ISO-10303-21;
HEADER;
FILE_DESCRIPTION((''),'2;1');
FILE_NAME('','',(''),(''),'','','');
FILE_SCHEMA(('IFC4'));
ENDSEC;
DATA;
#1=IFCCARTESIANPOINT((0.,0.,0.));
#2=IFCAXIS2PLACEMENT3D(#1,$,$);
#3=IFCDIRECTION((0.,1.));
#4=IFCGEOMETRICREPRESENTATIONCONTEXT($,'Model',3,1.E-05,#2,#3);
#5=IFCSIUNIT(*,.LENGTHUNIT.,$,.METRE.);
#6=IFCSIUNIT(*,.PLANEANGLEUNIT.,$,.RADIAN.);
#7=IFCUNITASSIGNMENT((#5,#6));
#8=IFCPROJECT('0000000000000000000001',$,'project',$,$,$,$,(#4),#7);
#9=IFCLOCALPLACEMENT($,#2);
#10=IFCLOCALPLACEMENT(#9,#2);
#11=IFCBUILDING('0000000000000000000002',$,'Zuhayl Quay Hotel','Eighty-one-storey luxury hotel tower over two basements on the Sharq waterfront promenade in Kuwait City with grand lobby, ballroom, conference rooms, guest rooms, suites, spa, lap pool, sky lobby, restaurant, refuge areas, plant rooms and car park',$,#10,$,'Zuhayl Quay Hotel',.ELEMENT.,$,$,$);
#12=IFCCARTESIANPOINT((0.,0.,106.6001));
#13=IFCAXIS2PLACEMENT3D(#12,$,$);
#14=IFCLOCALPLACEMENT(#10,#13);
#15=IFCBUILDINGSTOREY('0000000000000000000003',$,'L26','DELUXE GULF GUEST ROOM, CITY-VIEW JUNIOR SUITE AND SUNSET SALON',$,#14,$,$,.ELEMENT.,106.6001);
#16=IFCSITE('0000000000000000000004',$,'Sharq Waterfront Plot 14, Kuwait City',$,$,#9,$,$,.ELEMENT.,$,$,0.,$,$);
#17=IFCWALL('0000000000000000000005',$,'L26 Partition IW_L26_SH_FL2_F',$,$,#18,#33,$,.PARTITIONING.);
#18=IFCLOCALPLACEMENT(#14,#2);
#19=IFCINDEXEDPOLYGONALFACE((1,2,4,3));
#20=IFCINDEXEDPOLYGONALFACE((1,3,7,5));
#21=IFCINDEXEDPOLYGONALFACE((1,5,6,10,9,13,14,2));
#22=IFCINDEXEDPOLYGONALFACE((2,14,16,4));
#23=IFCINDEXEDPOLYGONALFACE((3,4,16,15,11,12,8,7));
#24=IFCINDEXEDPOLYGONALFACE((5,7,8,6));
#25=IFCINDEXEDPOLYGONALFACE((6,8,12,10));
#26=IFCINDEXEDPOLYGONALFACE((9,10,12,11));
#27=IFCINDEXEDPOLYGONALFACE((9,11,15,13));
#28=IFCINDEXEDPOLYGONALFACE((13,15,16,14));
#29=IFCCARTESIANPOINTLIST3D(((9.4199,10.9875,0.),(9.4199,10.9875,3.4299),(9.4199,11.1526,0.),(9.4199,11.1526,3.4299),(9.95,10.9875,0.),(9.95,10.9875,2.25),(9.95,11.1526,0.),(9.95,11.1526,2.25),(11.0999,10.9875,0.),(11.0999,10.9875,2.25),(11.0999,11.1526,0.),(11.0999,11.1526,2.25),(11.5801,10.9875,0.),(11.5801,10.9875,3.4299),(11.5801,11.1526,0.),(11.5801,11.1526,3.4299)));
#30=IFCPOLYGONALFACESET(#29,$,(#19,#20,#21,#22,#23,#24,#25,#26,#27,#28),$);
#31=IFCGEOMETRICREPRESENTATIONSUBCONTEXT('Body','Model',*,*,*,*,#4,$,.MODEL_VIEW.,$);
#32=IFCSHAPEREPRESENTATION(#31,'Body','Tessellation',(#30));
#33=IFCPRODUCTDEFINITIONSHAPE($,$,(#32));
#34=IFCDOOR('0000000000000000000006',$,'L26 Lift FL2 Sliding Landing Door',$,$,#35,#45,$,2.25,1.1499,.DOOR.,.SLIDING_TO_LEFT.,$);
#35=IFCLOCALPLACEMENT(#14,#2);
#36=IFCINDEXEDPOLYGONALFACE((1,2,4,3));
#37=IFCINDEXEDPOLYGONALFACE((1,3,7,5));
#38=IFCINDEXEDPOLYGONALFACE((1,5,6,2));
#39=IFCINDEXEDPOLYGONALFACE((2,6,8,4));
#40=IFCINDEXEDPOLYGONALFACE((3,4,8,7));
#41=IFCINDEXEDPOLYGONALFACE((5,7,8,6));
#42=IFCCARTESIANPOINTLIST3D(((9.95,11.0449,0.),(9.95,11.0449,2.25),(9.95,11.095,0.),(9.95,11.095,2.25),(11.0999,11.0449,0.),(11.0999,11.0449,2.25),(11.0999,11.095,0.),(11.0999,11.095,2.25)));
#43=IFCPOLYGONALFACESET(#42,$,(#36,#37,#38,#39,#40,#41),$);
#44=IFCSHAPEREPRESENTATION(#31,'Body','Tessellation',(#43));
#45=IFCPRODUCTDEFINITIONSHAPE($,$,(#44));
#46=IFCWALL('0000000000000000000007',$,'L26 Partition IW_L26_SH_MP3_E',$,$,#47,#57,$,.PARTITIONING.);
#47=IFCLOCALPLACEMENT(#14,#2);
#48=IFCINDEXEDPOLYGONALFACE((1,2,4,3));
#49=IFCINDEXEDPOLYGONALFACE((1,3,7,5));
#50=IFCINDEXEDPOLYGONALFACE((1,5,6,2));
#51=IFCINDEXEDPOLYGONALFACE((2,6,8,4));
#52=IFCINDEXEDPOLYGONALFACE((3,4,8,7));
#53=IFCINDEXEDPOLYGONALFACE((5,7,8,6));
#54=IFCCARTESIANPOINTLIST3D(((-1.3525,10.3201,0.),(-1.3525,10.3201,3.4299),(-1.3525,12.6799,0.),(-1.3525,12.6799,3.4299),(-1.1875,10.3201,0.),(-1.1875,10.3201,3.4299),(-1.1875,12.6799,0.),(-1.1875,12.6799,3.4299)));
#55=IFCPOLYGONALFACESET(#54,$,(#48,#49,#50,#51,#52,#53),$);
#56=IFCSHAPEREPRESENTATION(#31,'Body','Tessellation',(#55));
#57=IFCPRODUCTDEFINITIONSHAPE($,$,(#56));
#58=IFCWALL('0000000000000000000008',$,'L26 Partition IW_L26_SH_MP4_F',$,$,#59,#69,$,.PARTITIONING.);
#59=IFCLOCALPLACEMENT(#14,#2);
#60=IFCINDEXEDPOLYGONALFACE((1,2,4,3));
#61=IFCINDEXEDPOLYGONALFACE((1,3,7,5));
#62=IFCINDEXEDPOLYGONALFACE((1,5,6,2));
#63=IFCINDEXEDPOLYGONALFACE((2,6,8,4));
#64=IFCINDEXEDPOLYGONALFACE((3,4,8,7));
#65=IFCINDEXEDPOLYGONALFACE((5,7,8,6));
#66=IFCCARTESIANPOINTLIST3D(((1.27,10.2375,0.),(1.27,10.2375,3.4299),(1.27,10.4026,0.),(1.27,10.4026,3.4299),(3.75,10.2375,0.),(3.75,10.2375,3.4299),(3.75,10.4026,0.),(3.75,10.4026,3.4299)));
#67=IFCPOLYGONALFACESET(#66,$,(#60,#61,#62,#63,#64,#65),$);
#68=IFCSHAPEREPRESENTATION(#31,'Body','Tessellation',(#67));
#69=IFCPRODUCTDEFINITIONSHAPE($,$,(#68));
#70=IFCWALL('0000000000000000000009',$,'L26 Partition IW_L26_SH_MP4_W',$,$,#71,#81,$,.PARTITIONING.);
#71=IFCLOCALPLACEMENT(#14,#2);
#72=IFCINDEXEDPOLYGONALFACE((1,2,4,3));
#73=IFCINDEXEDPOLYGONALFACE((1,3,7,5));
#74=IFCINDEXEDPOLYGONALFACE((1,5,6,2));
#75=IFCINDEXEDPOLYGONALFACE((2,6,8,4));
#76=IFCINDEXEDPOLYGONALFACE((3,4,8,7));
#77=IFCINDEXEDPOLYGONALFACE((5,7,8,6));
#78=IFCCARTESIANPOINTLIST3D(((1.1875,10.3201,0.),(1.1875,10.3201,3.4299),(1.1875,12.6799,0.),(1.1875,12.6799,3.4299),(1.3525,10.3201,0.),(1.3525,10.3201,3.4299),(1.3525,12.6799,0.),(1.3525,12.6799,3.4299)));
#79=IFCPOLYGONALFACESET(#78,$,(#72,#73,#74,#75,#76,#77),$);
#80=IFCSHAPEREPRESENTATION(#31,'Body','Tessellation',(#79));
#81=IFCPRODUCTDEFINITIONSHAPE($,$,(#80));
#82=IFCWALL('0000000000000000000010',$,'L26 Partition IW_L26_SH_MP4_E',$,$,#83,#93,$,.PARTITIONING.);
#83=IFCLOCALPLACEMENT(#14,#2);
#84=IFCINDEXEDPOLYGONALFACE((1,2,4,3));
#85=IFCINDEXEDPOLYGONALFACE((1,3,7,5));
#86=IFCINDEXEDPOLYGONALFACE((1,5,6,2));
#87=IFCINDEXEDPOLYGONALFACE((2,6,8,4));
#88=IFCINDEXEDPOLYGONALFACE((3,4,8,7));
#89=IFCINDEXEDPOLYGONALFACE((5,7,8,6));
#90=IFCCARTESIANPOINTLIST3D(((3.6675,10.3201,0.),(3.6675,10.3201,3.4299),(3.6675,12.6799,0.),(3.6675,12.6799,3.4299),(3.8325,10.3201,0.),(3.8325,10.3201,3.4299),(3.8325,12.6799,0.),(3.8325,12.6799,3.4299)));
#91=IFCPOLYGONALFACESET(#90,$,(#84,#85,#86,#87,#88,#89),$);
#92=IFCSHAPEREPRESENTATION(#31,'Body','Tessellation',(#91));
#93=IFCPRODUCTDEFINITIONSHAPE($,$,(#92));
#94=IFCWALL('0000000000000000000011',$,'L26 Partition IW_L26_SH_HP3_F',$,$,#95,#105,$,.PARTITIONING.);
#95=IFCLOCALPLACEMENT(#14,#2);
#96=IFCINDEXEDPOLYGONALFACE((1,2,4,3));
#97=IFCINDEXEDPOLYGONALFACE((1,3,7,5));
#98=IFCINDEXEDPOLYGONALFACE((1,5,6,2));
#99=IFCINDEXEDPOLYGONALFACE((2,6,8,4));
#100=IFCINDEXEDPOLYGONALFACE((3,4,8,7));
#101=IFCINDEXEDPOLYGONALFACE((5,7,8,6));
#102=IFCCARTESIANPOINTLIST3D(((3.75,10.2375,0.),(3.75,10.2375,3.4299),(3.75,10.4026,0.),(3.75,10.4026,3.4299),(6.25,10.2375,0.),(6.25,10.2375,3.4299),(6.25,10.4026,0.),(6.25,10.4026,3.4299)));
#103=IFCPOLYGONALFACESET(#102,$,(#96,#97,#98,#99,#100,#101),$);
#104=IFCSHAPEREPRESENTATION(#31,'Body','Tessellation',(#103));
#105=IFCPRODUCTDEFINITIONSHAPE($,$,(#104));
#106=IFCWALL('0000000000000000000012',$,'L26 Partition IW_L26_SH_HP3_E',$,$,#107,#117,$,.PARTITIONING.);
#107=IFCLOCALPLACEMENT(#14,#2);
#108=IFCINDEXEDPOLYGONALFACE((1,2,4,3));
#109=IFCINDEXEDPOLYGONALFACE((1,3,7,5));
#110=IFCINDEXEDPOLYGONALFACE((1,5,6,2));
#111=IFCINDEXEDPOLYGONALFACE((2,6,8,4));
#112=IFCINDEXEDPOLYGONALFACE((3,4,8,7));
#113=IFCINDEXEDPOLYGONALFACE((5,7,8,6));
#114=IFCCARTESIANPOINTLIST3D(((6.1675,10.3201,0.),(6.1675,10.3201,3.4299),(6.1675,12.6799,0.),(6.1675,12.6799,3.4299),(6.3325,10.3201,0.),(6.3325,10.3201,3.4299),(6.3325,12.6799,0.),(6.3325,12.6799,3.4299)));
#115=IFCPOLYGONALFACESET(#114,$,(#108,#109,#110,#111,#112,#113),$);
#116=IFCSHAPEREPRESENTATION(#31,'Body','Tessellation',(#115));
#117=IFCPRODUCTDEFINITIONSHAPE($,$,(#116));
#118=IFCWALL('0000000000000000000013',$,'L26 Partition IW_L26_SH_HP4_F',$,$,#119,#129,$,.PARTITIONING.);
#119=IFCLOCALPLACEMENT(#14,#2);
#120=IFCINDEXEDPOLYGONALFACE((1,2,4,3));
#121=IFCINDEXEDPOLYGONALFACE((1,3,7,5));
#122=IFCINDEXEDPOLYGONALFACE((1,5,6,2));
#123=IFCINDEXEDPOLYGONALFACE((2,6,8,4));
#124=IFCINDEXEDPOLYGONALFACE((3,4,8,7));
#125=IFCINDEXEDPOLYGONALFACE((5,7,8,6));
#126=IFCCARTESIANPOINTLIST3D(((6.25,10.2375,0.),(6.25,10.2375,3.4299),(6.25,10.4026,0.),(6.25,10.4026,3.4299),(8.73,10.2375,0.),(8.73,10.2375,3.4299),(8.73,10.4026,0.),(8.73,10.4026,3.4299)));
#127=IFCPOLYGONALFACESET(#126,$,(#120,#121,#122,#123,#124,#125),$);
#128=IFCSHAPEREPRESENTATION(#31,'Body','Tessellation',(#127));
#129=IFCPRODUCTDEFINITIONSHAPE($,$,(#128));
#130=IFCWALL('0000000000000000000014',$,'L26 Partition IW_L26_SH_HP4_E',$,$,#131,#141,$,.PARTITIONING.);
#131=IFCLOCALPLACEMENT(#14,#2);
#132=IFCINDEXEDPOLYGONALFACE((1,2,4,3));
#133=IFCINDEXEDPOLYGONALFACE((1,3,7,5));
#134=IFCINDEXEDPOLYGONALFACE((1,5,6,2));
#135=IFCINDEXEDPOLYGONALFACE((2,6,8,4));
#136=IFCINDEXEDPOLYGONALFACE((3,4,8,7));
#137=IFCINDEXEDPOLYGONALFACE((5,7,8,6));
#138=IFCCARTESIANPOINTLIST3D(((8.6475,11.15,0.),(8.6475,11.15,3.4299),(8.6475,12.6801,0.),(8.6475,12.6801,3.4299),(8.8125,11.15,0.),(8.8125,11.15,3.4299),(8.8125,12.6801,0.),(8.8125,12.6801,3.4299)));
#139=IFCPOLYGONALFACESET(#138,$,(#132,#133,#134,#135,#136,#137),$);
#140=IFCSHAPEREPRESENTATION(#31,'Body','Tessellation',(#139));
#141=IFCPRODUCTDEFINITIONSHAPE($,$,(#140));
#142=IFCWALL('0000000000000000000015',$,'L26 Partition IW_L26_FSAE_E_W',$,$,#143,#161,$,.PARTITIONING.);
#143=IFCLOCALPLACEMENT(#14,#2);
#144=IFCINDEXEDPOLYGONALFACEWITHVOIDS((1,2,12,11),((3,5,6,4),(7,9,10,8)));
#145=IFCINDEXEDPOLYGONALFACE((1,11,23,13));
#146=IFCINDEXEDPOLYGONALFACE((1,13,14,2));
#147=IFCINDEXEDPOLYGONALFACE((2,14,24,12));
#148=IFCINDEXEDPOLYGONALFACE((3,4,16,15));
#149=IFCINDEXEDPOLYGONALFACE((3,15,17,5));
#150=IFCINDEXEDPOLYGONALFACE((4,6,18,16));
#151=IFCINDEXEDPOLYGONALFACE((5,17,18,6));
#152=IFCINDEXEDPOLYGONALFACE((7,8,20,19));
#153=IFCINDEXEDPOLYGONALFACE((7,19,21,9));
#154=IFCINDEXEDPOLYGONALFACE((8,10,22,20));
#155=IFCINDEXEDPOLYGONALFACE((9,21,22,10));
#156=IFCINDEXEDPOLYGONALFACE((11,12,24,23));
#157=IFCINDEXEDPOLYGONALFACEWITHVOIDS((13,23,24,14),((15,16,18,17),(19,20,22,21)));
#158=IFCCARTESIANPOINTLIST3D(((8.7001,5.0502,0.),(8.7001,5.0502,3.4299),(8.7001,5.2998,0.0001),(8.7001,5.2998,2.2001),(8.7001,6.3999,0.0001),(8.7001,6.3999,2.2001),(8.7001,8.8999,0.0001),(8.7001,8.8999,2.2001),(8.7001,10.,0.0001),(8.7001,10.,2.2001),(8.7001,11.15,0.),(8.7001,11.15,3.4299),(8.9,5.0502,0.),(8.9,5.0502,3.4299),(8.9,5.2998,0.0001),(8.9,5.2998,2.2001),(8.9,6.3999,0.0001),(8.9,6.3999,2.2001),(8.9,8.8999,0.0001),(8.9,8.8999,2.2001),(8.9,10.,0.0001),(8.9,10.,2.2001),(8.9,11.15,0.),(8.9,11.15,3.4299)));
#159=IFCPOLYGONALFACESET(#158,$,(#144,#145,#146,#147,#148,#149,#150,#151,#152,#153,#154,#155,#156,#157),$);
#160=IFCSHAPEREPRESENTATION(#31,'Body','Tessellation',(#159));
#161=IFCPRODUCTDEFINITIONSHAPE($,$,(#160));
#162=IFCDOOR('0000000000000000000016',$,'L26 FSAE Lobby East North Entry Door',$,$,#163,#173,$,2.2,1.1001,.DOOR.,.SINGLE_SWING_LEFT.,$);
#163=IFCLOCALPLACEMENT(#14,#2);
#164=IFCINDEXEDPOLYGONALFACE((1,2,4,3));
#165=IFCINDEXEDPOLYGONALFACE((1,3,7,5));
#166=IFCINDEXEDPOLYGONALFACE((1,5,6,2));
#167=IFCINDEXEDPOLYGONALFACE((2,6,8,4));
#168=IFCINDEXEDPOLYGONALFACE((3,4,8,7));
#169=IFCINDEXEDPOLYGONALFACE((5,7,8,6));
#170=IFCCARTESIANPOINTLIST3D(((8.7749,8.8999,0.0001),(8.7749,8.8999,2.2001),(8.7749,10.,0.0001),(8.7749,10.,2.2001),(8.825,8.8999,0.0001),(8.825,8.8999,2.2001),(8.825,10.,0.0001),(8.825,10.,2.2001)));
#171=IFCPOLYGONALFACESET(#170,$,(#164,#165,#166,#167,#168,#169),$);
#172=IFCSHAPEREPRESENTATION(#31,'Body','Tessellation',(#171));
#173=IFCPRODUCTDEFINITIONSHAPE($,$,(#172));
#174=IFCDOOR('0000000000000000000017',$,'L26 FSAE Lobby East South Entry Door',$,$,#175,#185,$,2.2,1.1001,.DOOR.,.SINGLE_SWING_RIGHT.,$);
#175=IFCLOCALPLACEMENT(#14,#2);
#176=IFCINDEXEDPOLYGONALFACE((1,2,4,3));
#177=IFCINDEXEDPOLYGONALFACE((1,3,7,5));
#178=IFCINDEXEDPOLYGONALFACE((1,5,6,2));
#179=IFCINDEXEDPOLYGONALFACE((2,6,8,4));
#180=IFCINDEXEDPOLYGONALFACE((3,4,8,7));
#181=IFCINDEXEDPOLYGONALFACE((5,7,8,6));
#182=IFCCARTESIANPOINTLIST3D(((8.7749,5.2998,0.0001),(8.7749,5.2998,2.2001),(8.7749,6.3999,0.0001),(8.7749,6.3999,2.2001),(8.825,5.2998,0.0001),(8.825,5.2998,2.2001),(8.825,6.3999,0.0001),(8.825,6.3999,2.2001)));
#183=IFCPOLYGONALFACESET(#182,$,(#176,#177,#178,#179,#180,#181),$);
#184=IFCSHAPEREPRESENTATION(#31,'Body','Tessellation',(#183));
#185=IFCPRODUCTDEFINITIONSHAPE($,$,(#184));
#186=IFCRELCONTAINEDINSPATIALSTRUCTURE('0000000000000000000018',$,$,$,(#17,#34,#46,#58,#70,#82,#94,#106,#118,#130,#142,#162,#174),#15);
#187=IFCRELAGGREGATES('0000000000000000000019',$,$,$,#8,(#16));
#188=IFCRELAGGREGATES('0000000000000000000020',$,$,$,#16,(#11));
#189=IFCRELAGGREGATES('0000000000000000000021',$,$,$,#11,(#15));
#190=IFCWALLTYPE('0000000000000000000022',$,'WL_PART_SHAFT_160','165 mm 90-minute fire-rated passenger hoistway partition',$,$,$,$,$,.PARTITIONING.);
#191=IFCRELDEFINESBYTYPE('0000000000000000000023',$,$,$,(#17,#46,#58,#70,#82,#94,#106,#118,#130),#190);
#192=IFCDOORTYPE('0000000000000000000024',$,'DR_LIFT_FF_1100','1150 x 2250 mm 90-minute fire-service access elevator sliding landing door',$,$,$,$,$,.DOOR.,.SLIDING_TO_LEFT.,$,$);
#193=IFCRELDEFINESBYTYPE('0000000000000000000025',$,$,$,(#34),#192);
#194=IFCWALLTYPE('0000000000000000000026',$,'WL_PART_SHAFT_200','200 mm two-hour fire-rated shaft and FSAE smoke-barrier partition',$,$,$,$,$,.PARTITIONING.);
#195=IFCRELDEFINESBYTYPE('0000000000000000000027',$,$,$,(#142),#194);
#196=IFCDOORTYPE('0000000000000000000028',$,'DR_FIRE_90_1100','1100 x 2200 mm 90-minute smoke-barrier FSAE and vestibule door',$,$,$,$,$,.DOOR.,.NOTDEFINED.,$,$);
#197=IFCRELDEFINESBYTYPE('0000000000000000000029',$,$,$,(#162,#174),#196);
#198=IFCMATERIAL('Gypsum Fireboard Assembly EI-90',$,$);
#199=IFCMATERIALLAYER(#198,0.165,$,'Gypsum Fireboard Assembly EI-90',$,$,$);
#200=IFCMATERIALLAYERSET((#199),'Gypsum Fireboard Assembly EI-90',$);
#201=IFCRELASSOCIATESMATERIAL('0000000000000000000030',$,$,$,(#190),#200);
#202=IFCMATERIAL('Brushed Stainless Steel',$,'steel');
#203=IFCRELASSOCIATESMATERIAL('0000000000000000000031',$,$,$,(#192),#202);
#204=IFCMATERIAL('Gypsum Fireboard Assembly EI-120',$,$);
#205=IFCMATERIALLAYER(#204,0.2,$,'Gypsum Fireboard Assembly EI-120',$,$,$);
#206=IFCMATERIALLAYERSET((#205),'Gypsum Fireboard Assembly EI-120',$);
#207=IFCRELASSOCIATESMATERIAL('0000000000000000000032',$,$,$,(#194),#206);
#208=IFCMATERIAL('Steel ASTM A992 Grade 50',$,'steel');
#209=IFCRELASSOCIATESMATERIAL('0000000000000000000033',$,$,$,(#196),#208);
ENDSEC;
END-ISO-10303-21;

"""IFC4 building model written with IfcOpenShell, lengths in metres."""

from ifc_helpers import new_model, si_unit, direction, frame, frame_2d, origin, place, context, subcontext, project, spatial, rectangle, extrude, material, layer, layer_set, type_object, element, fill, save


model = new_model("IFC4")

# Units and contexts
model_context = context("Model", 3, precision=1e-05, world=origin(), true_north=direction((0.0, 1.0)))
body_context = subcontext(model_context, "Body", "Model", "MODEL_VIEW")
ifc_project = project(units=[si_unit("LENGTHUNIT", "METRE"), si_unit("PLANEANGLEUNIT", "RADIAN")], contexts=[model_context])

# Site, building, storey
site_placement = place(None, origin())
site = spatial("IfcSite", under=ifc_project, at=site_placement, Name="Sharq Waterfront Plot 14, Kuwait City", CompositionType="ELEMENT", RefElevation=0.0)
building_placement = place(site_placement, origin())
building = spatial("IfcBuilding", under=site, at=building_placement, Name="Zuhayl Quay Hotel", Description="Eighty-one-storey luxury hotel tower over two basements on the Sharq waterfront promenade in Kuwait City with grand lobby, ballroom, conference rooms, guest rooms, suites, spa, lap pool, sky lobby, restaurant, refuge areas, plant rooms and car park", LongName="Zuhayl Quay Hotel", CompositionType="ELEMENT")
storey_placement = place(building_placement, frame((0.0, 0.0, 106.6001)))
storey = spatial("IfcBuildingStorey", under=building, at=storey_placement, Name="L26", Description="DELUXE GULF GUEST ROOM, CITY-VIEW JUNIOR SUITE AND SUNSET SALON", CompositionType="ELEMENT", Elevation=106.6001)

# Shared definitions
ifc_material_1 = material(Name="Steel ASTM A992 Grade 50", Category="steel")

# Wall, opening, door
ifc_material_2 = material(Name="Gypsum Fireboard Assembly EI-90")
ifc_layer_1 = layer(ifc_material_2, 0.165, Name="Gypsum Fireboard Assembly EI-90")
ifc_layer_set_1 = layer_set([ifc_layer_1], Name="Gypsum Fireboard Assembly EI-90")
wall_type_1 = type_object("IfcWallType", Name="WL_PART_SHAFT_160", Description="165 mm 90-minute fire-rated passenger hoistway partition", PredefinedType="PARTITIONING", material=ifc_layer_set_1)
wall_1_placement = place(storey_placement, frame((9.4199, 11.0701, 0.0), z_axis=(0.0, 0.0, 1.0), x_axis=(1.0, 0.0, 0.0)))
wall_1 = element("IfcWall", 1, at=wall_1_placement, inside=storey, type_object=wall_type_1, Name="L26 Partition IW_L26_SH_FL2_F", PredefinedType="PARTITIONING", context=body_context, shape_type="SweptSolid", body=[
    extrude(rectangle(XDim=2.1602, YDim=0.165, at=frame_2d((1.0801, 0.0))), origin(), (0.0, 0.0, 1.0), 3.4299),
])
opening_1_placement = place(wall_1_placement, frame((0.53, 0.0, 0.0)))
opening_1 = element("IfcOpeningElement", 2, at=opening_1_placement, cuts=wall_1, PredefinedType="OPENING", context=body_context, shape_type="SweptSolid", body=[
    extrude(rectangle(XDim=1.1499, YDim=2.25, at=frame_2d((0.575, 1.125))), frame((0.0, 0.0925, 0.0), z_axis=(0.0, -1.0, 0.0), x_axis=(1.0, 0.0, 0.0)), (0.0, 0.0, 1.0), 0.1851),
])
ifc_material_3 = material(Name="Brushed Stainless Steel", Category="steel")
door_type_1 = type_object("IfcDoorType", Name="DR_LIFT_FF_1100", Description="1150 x 2250 mm 90-minute fire-service access elevator sliding landing door", OperationType="SLIDING_TO_LEFT", PredefinedType="DOOR", material=ifc_material_3)
door_1_placement = place(opening_1_placement, origin())
door_1 = element("IfcDoor", 3, at=door_1_placement, inside=storey, type_object=door_type_1, Name="L26 Lift FL2 Sliding Landing Door", OperationType="SLIDING_TO_LEFT", OverallHeight=2.25, OverallWidth=1.1499, PredefinedType="DOOR", context=body_context, shape_type="SweptSolid", body=[
    extrude(rectangle(XDim=1.1499, YDim=2.25, at=frame_2d((0.575, 1.125))), frame((0.0, 0.0249, 0.0), z_axis=(0.0, -1.0, 0.0), x_axis=(1.0, 0.0, 0.0)), (0.0, 0.0, 1.0), 0.05),
])
fill(opening_1, door_1)

# Walls
wall_2_placement = place(storey_placement, frame((-1.27, 10.3201, 0.0), z_axis=(0.0, 0.0, 1.0), x_axis=(0.0, 1.0, 0.0)))
element("IfcWall", 4, at=wall_2_placement, inside=storey, type_object=wall_type_1, Name="L26 Partition IW_L26_SH_MP3_E", PredefinedType="PARTITIONING", context=body_context, shape_type="SweptSolid", body=[
    extrude(rectangle(XDim=2.3599, YDim=0.165, at=frame_2d((1.1799, 0.0))), origin(), (0.0, 0.0, 1.0), 3.4299),
])
wall_3_placement = place(storey_placement, frame((1.27, 10.3201, 0.0), z_axis=(0.0, 0.0, 1.0), x_axis=(1.0, 0.0, 0.0)))
element("IfcWall", 5, at=wall_3_placement, inside=storey, type_object=wall_type_1, Name="L26 Partition IW_L26_SH_MP4_F", PredefinedType="PARTITIONING", context=body_context, shape_type="SweptSolid", body=[
    extrude(rectangle(XDim=2.48, YDim=0.165, at=frame_2d((1.24, 0.0))), origin(), (0.0, 0.0, 1.0), 3.4299),
])
for number, where, z_axis, x_axis, name in (
    (6, (1.27, 10.3201, 0.0), (0.0, 0.0, 1.0), (0.0, 1.0, 0.0), "L26 Partition IW_L26_SH_MP4_W"),
    (7, (3.75, 10.3201, 0.0), (0.0, 0.0, 1.0), (0.0, 1.0, 0.0), "L26 Partition IW_L26_SH_MP4_E"),
):
    element("IfcWall", number, at=place(storey_placement, frame(where, z_axis=z_axis, x_axis=x_axis)), inside=storey, type_object=wall_type_1, Name=name, PredefinedType="PARTITIONING", context=body_context, shape_type="SweptSolid", body=[
        extrude(rectangle(XDim=2.3599, YDim=0.165, at=frame_2d((1.1799, 0.0))), origin(), (0.0, 0.0, 1.0), 3.4299),
    ])
wall_4_placement = place(storey_placement, frame((3.75, 10.3201, 0.0), z_axis=(0.0, 0.0, 1.0), x_axis=(1.0, 0.0, 0.0)))
element("IfcWall", 8, at=wall_4_placement, inside=storey, type_object=wall_type_1, Name="L26 Partition IW_L26_SH_HP3_F", PredefinedType="PARTITIONING", context=body_context, shape_type="SweptSolid", body=[
    extrude(rectangle(XDim=2.5, YDim=0.165, at=frame_2d((1.25, 0.0))), origin(), (0.0, 0.0, 1.0), 3.4299),
])
wall_5_placement = place(storey_placement, frame((6.25, 10.3201, 0.0), z_axis=(0.0, 0.0, 1.0), x_axis=(0.0, 1.0, 0.0)))
element("IfcWall", 9, at=wall_5_placement, inside=storey, type_object=wall_type_1, Name="L26 Partition IW_L26_SH_HP3_E", PredefinedType="PARTITIONING", context=body_context, shape_type="SweptSolid", body=[
    extrude(rectangle(XDim=2.3599, YDim=0.165, at=frame_2d((1.1799, 0.0))), origin(), (0.0, 0.0, 1.0), 3.4299),
])
wall_6_placement = place(storey_placement, frame((6.25, 10.3201, 0.0), z_axis=(0.0, 0.0, 1.0), x_axis=(1.0, 0.0, 0.0)))
element("IfcWall", 10, at=wall_6_placement, inside=storey, type_object=wall_type_1, Name="L26 Partition IW_L26_SH_HP4_F", PredefinedType="PARTITIONING", context=body_context, shape_type="SweptSolid", body=[
    extrude(rectangle(XDim=2.48, YDim=0.165, at=frame_2d((1.24, 0.0))), origin(), (0.0, 0.0, 1.0), 3.4299),
])
wall_7_placement = place(storey_placement, frame((8.73, 11.1499, 0.0), z_axis=(0.0, 0.0, 1.0), x_axis=(0.0, 1.0, 0.0)))
element("IfcWall", 11, at=wall_7_placement, inside=storey, type_object=wall_type_1, Name="L26 Partition IW_L26_SH_HP4_E", PredefinedType="PARTITIONING", context=body_context, shape_type="SweptSolid", body=[
    extrude(rectangle(XDim=1.53, YDim=0.165, at=frame_2d((0.7651, 0.0))), origin(), (0.0, 0.0, 1.0), 3.4299),
])

# Wall, openings, doors
ifc_material_4 = material(Name="Gypsum Fireboard Assembly EI-120")
ifc_layer_2 = layer(ifc_material_4, 0.2, Name="Gypsum Fireboard Assembly EI-120")
ifc_layer_set_2 = layer_set([ifc_layer_2], Name="Gypsum Fireboard Assembly EI-120")
wall_type_2 = type_object("IfcWallType", Name="WL_PART_SHAFT_200", Description="200 mm two-hour fire-rated shaft and FSAE smoke-barrier partition", PredefinedType="PARTITIONING", material=ifc_layer_set_2)
wall_8_placement = place(storey_placement, frame((8.8, 11.1499, 0.0), z_axis=(0.0, 0.0, 1.0), x_axis=(0.0, -1.0, 0.0)))
wall_8 = element("IfcWall", 12, at=wall_8_placement, inside=storey, type_object=wall_type_2, Name="L26 Partition IW_L26_FSAE_E_W", PredefinedType="PARTITIONING", context=body_context, shape_type="SweptSolid", body=[
    extrude(rectangle(XDim=6.0999, YDim=0.2, at=frame_2d((3.0498, 0.0))), origin(), (0.0, 0.0, 1.0), 3.4299),
])
opening_2_placement = place(wall_8_placement, frame((1.1499, 0.0, 0.0)))
opening_2 = element("IfcOpeningElement", 13, at=opening_2_placement, cuts=wall_8, PredefinedType="OPENING", context=body_context, shape_type="SweptSolid", body=[
    extrude(rectangle(XDim=1.1001, YDim=2.2, at=frame_2d((0.55, 1.1001))), frame((0.0, 0.1099, 0.0), z_axis=(0.0, -1.0, 0.0), x_axis=(1.0, 0.0, 0.0)), (0.0, 0.0, 1.0), 0.22),
])
opening_3_placement = place(wall_8_placement, frame((4.75, 0.0, 0.0)))
opening_3 = element("IfcOpeningElement", 14, at=opening_3_placement, cuts=wall_8, PredefinedType="OPENING", context=body_context, shape_type="SweptSolid", body=[
    extrude(rectangle(XDim=1.1001, YDim=2.2, at=frame_2d((0.55, 1.1001))), frame((0.0, 0.1099, 0.0), z_axis=(0.0, -1.0, 0.0), x_axis=(1.0, 0.0, 0.0)), (0.0, 0.0, 1.0), 0.22),
])
door_type_2 = type_object("IfcDoorType", Name="DR_FIRE_90_1100", Description="1100 x 2200 mm 90-minute smoke-barrier FSAE and vestibule door", OperationType="NOTDEFINED", PredefinedType="DOOR", material=ifc_material_1)
door_2_placement = place(opening_2_placement, origin())
door_2 = element("IfcDoor", 15, at=door_2_placement, inside=storey, type_object=door_type_2, Name="L26 FSAE Lobby East North Entry Door", OperationType="SINGLE_SWING_LEFT", OverallHeight=2.2, OverallWidth=1.1001, PredefinedType="DOOR", context=body_context, shape_type="SweptSolid", body=[
    extrude(rectangle(XDim=1.1001, YDim=2.2, at=frame_2d((0.55, 1.1001))), frame((0.0, 0.0249, 0.0), z_axis=(0.0, -1.0, 0.0), x_axis=(1.0, 0.0, 0.0)), (0.0, 0.0, 1.0), 0.05),
])
fill(opening_2, door_2)
door_3_placement = place(opening_3_placement, origin())
door_3 = element("IfcDoor", 16, at=door_3_placement, inside=storey, type_object=door_type_2, Name="L26 FSAE Lobby East South Entry Door", OperationType="SINGLE_SWING_RIGHT", OverallHeight=2.2, OverallWidth=1.1001, PredefinedType="DOOR", context=body_context, shape_type="SweptSolid", body=[
    extrude(rectangle(XDim=1.1001, YDim=2.2, at=frame_2d((0.55, 1.1001))), frame((0.0, 0.0249, 0.0), z_axis=(0.0, -1.0, 0.0), x_axis=(1.0, 0.0, 0.0)), (0.0, 0.0, 1.0), 0.05),
])
fill(opening_3, door_3)

save(model, "model.ifc")
